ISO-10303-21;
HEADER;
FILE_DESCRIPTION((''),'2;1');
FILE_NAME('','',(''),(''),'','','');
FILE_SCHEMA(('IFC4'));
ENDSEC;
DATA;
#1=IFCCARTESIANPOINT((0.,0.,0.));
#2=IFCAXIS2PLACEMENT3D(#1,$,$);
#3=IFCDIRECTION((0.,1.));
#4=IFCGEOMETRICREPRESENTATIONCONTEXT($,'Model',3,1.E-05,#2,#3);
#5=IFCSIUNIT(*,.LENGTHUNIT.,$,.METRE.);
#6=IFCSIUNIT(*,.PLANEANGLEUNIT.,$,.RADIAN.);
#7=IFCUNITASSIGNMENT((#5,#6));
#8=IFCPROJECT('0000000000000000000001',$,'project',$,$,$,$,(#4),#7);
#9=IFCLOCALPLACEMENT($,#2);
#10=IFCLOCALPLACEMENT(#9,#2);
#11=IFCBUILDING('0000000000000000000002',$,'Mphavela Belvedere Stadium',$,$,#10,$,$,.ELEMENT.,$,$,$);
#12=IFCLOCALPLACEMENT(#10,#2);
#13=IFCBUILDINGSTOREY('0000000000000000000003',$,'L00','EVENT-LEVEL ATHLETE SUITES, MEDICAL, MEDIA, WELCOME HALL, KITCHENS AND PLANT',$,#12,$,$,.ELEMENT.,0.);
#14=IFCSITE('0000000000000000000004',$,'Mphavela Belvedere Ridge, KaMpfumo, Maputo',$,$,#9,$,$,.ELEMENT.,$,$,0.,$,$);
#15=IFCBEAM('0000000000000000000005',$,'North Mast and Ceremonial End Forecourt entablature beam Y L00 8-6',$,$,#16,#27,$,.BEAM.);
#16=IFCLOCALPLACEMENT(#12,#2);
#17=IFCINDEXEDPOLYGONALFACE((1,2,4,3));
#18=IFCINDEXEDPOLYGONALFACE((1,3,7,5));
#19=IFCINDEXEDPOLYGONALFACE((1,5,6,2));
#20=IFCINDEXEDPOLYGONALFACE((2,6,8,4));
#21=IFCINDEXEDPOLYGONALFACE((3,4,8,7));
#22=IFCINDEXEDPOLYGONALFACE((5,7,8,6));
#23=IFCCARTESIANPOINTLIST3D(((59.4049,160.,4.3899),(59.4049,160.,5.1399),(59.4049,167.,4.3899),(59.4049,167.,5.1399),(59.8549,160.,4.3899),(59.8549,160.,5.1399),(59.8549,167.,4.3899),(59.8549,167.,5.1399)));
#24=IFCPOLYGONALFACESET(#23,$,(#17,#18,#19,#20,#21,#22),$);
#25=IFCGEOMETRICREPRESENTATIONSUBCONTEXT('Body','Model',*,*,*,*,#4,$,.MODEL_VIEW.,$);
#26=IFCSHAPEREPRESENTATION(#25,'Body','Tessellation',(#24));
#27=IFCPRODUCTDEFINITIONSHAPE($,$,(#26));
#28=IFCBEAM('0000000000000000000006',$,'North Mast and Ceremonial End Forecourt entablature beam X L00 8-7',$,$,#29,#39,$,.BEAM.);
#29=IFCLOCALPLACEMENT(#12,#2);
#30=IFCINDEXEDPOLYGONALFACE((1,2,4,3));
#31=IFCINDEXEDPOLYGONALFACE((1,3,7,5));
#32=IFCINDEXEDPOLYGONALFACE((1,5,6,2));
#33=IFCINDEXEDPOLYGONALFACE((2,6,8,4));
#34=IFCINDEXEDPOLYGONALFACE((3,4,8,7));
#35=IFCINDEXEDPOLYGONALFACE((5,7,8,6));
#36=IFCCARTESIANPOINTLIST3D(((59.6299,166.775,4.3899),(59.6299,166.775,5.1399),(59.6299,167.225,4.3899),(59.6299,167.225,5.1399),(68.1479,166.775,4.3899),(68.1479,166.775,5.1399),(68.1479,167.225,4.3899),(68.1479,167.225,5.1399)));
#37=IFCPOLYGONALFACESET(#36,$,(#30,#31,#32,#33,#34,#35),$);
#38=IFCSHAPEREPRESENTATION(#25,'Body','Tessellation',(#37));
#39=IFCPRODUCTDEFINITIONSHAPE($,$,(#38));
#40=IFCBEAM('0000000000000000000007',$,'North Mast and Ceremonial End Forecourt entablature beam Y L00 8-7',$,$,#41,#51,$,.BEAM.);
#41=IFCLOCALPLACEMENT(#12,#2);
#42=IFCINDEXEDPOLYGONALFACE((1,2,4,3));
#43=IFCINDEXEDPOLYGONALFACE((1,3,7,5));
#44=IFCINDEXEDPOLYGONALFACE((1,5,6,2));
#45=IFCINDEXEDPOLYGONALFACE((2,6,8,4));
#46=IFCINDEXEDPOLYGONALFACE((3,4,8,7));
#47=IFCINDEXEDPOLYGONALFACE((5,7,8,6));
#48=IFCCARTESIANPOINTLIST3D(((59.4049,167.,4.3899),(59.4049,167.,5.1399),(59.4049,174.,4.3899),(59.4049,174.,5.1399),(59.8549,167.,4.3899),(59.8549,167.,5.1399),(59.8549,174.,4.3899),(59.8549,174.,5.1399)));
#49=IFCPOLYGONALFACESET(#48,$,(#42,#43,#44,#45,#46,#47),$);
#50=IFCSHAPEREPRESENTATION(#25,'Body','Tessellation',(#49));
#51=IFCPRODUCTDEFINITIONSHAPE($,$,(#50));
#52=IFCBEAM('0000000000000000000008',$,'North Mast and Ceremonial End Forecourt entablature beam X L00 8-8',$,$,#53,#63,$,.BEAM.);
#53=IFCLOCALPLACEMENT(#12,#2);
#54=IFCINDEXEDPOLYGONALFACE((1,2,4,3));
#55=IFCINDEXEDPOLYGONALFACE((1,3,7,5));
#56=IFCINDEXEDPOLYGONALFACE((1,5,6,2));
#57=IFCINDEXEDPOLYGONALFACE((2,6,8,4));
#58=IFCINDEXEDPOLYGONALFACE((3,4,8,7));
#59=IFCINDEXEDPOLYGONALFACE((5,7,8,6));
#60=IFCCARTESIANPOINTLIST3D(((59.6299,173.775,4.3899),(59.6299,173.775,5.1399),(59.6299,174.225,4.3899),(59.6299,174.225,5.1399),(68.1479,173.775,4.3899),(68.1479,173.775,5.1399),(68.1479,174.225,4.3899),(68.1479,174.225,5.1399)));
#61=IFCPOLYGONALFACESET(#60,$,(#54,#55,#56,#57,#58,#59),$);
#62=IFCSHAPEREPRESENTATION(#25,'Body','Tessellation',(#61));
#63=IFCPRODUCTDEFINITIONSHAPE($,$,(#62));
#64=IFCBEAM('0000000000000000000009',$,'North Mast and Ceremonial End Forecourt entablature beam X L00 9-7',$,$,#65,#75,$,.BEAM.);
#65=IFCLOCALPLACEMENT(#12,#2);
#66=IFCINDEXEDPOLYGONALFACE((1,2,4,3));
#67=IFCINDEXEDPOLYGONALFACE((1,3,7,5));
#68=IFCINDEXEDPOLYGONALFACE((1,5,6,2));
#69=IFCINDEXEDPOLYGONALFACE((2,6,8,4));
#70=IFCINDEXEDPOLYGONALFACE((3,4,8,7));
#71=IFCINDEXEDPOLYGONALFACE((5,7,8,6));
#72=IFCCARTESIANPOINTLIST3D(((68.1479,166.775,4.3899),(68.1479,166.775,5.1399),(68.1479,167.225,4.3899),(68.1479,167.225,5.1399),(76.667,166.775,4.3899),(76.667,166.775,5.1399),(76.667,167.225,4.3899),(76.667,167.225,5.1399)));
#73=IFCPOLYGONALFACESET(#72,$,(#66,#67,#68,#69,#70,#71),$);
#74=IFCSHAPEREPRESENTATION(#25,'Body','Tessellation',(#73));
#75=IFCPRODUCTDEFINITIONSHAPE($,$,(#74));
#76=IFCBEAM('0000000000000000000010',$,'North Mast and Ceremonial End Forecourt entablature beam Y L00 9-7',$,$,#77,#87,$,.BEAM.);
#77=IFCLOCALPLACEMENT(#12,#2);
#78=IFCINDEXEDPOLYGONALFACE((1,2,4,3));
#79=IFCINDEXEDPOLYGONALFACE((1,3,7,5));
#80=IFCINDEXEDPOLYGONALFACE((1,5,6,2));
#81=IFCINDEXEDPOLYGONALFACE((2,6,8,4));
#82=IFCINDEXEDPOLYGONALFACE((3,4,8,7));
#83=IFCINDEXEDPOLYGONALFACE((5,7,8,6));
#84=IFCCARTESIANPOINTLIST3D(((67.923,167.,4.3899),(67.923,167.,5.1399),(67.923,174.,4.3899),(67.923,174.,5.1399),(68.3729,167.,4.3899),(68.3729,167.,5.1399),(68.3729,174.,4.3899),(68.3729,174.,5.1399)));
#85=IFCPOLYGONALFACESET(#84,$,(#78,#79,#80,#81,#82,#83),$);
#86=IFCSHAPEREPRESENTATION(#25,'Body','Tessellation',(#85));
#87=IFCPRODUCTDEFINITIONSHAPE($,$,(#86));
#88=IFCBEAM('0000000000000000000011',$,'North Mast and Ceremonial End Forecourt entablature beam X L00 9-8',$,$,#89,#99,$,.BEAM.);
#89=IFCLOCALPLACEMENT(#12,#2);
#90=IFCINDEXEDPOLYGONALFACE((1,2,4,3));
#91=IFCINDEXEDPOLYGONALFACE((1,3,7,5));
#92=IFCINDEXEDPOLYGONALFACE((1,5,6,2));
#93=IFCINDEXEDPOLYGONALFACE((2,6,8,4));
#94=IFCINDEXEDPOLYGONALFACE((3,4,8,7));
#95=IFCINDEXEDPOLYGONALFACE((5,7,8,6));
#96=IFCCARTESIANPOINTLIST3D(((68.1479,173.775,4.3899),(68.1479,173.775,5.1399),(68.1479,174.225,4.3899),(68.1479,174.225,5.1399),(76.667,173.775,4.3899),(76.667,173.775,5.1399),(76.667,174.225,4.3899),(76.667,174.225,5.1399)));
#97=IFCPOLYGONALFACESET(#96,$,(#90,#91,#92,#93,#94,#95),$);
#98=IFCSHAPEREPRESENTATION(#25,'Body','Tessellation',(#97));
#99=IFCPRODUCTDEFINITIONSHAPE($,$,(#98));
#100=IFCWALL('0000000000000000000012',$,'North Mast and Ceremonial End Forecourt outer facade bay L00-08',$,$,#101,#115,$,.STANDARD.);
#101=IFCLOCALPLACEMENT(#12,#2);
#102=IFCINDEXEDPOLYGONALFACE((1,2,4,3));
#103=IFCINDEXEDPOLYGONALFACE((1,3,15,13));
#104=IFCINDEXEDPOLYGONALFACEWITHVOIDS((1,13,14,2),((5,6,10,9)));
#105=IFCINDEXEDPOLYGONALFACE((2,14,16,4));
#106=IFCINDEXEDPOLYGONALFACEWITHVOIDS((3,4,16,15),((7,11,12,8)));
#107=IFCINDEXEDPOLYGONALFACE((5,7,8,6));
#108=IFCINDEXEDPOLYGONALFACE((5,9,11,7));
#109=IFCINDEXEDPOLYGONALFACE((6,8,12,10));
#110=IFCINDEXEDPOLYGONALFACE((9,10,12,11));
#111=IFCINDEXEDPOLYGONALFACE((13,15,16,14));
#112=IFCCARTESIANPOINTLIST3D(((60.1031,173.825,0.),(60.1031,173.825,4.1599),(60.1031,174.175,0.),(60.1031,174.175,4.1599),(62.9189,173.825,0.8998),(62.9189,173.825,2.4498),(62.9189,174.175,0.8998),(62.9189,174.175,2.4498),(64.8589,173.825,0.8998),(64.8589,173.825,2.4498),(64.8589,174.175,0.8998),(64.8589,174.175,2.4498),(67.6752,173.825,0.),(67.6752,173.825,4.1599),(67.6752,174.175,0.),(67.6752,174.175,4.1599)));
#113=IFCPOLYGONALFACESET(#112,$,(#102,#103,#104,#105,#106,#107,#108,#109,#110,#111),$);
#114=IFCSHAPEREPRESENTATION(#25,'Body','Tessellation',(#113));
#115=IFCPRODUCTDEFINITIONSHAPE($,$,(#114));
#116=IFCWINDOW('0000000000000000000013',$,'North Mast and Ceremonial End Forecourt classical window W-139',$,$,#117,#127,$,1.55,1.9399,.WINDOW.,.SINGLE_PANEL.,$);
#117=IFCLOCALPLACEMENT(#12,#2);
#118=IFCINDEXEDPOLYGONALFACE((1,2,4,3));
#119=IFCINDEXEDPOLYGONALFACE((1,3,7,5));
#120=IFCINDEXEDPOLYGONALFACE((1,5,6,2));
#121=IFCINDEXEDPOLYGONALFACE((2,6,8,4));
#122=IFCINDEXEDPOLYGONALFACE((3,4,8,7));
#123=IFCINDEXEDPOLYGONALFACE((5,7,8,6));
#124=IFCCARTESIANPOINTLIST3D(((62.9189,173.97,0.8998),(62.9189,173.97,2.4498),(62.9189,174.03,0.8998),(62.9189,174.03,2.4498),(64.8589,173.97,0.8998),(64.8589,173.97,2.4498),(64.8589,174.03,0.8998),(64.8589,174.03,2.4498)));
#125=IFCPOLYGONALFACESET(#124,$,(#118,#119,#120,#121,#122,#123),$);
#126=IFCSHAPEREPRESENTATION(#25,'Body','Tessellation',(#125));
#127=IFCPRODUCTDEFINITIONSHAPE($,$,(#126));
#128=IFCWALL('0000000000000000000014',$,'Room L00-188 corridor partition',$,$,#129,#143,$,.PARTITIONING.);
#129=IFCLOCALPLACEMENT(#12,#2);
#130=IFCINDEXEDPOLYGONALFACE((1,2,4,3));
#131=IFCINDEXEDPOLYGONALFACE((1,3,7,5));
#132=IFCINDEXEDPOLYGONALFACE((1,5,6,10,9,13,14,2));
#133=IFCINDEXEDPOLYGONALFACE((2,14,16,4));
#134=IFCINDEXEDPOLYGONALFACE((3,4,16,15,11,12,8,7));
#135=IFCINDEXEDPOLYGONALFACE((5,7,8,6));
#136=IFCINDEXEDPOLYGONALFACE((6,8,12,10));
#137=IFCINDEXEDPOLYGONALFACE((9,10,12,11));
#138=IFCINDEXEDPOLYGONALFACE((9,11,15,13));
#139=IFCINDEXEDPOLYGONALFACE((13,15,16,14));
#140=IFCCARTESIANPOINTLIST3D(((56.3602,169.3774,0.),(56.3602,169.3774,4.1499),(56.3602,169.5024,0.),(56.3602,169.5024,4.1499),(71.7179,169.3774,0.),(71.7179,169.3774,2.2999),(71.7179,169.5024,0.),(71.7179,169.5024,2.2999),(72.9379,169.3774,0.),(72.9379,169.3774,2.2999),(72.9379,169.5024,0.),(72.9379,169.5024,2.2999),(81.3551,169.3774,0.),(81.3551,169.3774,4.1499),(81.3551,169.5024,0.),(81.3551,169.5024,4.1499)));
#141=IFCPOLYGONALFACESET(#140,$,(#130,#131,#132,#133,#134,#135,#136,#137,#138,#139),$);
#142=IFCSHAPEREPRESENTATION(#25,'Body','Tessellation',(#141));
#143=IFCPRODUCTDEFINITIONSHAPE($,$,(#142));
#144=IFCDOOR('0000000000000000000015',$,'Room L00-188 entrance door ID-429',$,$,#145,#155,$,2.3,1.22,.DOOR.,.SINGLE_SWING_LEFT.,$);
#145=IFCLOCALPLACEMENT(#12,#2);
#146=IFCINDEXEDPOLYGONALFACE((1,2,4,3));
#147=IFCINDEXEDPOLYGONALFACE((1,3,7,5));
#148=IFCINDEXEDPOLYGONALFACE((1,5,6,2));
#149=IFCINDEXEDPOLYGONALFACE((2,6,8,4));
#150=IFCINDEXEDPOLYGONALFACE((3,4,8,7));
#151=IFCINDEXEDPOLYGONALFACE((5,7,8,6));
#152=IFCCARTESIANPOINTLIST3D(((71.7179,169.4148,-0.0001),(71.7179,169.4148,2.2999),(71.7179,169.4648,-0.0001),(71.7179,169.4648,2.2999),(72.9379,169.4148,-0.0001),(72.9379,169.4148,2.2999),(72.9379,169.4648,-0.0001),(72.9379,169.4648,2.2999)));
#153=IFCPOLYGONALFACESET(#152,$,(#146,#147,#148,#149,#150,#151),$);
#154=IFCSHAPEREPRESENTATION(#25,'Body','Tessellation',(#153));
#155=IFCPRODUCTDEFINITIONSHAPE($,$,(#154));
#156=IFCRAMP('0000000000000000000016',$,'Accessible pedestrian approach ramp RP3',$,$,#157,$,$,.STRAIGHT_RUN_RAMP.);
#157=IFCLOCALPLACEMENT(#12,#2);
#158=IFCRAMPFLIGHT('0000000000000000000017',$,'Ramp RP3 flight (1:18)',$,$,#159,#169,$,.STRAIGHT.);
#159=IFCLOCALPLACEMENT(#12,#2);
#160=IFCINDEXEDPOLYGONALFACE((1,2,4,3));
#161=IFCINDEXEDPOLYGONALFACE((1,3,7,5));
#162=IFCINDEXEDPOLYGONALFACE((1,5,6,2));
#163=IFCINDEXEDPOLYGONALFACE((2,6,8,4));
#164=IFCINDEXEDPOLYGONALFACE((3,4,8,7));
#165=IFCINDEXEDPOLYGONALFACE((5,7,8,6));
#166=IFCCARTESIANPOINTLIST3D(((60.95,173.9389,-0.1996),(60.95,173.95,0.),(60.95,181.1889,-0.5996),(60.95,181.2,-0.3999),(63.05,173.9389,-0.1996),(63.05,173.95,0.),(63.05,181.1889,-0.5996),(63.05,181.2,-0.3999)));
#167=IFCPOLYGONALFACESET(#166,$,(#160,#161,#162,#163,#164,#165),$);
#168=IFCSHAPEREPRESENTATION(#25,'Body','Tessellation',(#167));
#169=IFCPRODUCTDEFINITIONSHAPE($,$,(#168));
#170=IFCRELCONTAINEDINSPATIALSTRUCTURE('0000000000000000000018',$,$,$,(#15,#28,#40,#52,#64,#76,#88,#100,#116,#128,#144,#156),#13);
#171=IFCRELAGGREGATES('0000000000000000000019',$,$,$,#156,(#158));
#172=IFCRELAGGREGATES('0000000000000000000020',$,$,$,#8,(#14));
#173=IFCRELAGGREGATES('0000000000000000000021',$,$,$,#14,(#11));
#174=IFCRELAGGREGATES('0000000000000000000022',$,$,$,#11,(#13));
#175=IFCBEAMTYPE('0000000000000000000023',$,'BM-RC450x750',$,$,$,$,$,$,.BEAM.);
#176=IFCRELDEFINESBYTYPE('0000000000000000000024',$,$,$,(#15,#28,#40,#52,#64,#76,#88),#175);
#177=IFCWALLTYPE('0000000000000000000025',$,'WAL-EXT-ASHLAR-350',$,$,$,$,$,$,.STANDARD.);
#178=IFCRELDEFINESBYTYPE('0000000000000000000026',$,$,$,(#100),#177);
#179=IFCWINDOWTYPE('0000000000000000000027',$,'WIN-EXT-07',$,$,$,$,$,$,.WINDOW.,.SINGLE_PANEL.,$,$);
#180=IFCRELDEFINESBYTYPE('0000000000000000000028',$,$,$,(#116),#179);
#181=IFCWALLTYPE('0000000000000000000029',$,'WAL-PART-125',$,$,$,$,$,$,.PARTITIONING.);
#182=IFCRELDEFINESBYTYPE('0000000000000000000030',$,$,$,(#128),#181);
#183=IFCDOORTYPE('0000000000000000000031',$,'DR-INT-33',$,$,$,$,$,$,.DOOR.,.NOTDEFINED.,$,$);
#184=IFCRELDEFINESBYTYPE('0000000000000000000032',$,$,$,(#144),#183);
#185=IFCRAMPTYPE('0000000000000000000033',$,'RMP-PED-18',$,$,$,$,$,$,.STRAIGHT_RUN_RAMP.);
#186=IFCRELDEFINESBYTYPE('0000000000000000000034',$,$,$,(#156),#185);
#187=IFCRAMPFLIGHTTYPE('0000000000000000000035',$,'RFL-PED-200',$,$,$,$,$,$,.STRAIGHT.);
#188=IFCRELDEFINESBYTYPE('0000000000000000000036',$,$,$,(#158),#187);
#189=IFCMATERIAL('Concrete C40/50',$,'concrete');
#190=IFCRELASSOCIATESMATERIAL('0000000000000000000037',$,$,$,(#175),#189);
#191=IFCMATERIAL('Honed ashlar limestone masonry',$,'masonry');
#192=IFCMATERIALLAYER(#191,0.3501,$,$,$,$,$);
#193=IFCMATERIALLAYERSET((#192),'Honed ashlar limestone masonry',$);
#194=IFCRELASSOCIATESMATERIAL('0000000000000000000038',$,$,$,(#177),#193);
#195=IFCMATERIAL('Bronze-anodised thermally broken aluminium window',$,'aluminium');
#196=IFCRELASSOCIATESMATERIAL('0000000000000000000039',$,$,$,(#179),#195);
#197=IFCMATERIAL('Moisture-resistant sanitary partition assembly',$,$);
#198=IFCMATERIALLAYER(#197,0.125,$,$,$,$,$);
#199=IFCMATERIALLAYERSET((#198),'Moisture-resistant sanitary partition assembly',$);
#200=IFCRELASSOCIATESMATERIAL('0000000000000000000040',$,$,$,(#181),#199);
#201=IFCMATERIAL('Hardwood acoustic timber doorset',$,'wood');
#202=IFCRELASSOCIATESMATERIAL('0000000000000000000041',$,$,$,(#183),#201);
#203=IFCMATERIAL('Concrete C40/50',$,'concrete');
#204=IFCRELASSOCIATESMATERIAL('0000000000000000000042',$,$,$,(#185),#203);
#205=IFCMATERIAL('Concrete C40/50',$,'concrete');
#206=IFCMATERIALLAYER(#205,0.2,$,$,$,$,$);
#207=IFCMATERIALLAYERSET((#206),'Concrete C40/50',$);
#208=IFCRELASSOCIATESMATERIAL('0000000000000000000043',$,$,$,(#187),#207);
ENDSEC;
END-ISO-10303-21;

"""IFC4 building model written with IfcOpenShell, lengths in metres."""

from ifc_helpers import new_model, si_unit, direction, frame, frame_2d, origin, origin_2d, place, context, subcontext, project, spatial, polyline, rectangle, outline, extrude, material, layer, layer_set, material_profile, profile_set, type_object, element, fill, aggregate, save


model = new_model("IFC4")

# Units and contexts
model_context = context("Model", 3, precision=1e-05, world=origin(), true_north=direction((0.0, 1.0)))
body_context = subcontext(model_context, "Body", "Model", "MODEL_VIEW")
ifc_project = project(units=[si_unit("LENGTHUNIT", "METRE"), si_unit("PLANEANGLEUNIT", "RADIAN")], contexts=[model_context])

# Site, building, storey
site_placement = place(None, origin())
site = spatial("IfcSite", under=ifc_project, at=site_placement, Name="Mphavela Belvedere Ridge, KaMpfumo, Maputo", CompositionType="ELEMENT", RefElevation=0.0)
building_placement = place(site_placement, origin())
building = spatial("IfcBuilding", under=site, at=building_placement, Name="Mphavela Belvedere Stadium", CompositionType="ELEMENT")
storey_placement = place(building_placement, origin())
storey = spatial("IfcBuildingStorey", under=building, at=storey_placement, Name="L00", Description="EVENT-LEVEL ATHLETE SUITES, MEDICAL, MEDIA, WELCOME HALL, KITCHENS AND PLANT", CompositionType="ELEMENT", Elevation=0.0)

# Beams
ifc_material_1 = material(Name="Concrete C40/50", Category="concrete")
ifc_material_profile_1 = material_profile(ifc_material_1, rectangle(XDim=0.45, YDim=0.75, at=origin_2d()), Name="RC 450x750")
ifc_profile_set_1 = profile_set([ifc_material_profile_1], Name="Concrete C40/50")
beam_type_1 = type_object("IfcBeamType", Name="BM-RC450x750", PredefinedType="BEAM", material=ifc_profile_set_1)
beam_1_placement = place(storey_placement, frame((59.6299, 160.0, 4.7649), z_axis=(0.0, 1.0, 0.0), x_axis=(-1.0, 0.0, 0.0)))
element("IfcBeam", 1, at=beam_1_placement, inside=storey, type_object=beam_type_1, Name="North Mast and Ceremonial End Forecourt entablature beam Y L00 8-6", PredefinedType="BEAM", context=body_context, shape_type="SweptSolid", body=[
    extrude(rectangle(XDim=0.45, YDim=0.75, at=origin_2d()), origin(), (0.0, 0.0, 1.0), 7.0),
])
beam_2_placement = place(storey_placement, frame((59.6299, 167.0, 4.7649), z_axis=(1.0, 0.0, 0.0), x_axis=(0.0, 1.0, 0.0)))
element("IfcBeam", 2, at=beam_2_placement, inside=storey, type_object=beam_type_1, Name="North Mast and Ceremonial End Forecourt entablature beam X L00 8-7", PredefinedType="BEAM", context=body_context, shape_type="SweptSolid", body=[
    extrude(rectangle(XDim=0.45, YDim=0.75, at=origin_2d()), origin(), (0.0, 0.0, 1.0), 8.5181),
])
beam_3_placement = place(storey_placement, frame((59.6299, 167.0, 4.7649), z_axis=(0.0, 1.0, 0.0), x_axis=(-1.0, 0.0, 0.0)))
element("IfcBeam", 3, at=beam_3_placement, inside=storey, type_object=beam_type_1, Name="North Mast and Ceremonial End Forecourt entablature beam Y L00 8-7", PredefinedType="BEAM", context=body_context, shape_type="SweptSolid", body=[
    extrude(rectangle(XDim=0.45, YDim=0.75, at=origin_2d()), origin(), (0.0, 0.0, 1.0), 7.0),
])
beam_4_placement = place(storey_placement, frame((59.6299, 174.0, 4.7649), z_axis=(1.0, 0.0, 0.0), x_axis=(0.0, 1.0, 0.0)))
element("IfcBeam", 4, at=beam_4_placement, inside=storey, type_object=beam_type_1, Name="North Mast and Ceremonial End Forecourt entablature beam X L00 8-8", PredefinedType="BEAM", context=body_context, shape_type="SweptSolid", body=[
    extrude(rectangle(XDim=0.45, YDim=0.75, at=origin_2d()), origin(), (0.0, 0.0, 1.0), 8.5181),
])
beam_5_placement = place(storey_placement, frame((68.1479, 167.0, 4.7649), z_axis=(1.0, 0.0, 0.0), x_axis=(0.0, 1.0, 0.0)))
element("IfcBeam", 5, at=beam_5_placement, inside=storey, type_object=beam_type_1, Name="North Mast and Ceremonial End Forecourt entablature beam X L00 9-7", PredefinedType="BEAM", context=body_context, shape_type="SweptSolid", body=[
    extrude(rectangle(XDim=0.45, YDim=0.75, at=origin_2d()), origin(), (0.0, 0.0, 1.0), 8.519),
])
beam_6_placement = place(storey_placement, frame((68.1479, 167.0, 4.7649), z_axis=(0.0, 1.0, 0.0), x_axis=(-1.0, 0.0, 0.0)))
element("IfcBeam", 6, at=beam_6_placement, inside=storey, type_object=beam_type_1, Name="North Mast and Ceremonial End Forecourt entablature beam Y L00 9-7", PredefinedType="BEAM", context=body_context, shape_type="SweptSolid", body=[
    extrude(rectangle(XDim=0.45, YDim=0.75, at=origin_2d()), origin(), (0.0, 0.0, 1.0), 7.0),
])
beam_7_placement = place(storey_placement, frame((68.1479, 174.0, 4.7649), z_axis=(1.0, 0.0, 0.0), x_axis=(0.0, 1.0, 0.0)))
element("IfcBeam", 7, at=beam_7_placement, inside=storey, type_object=beam_type_1, Name="North Mast and Ceremonial End Forecourt entablature beam X L00 9-8", PredefinedType="BEAM", context=body_context, shape_type="SweptSolid", body=[
    extrude(rectangle(XDim=0.45, YDim=0.75, at=origin_2d()), origin(), (0.0, 0.0, 1.0), 8.519),
])

# Wall, opening, window
ifc_material_2 = material(Name="Honed ashlar limestone masonry", Category="masonry")
ifc_layer_1 = layer(ifc_material_2, 0.3501)
ifc_layer_set_1 = layer_set([ifc_layer_1], Name="Honed ashlar limestone masonry")
wall_type_1 = type_object("IfcWallType", Name="WAL-EXT-ASHLAR-350", PredefinedType="STANDARD", material=ifc_layer_set_1)
wall_1_placement = place(storey_placement, frame((60.103, 174.0, 0.0), z_axis=(0.0, 0.0, 1.0), x_axis=(1.0, 0.0, 0.0)))
wall_1 = element("IfcWall", 8, at=wall_1_placement, inside=storey, type_object=wall_type_1, Name="North Mast and Ceremonial End Forecourt outer facade bay L00-08", PredefinedType="STANDARD", context=body_context, shape_type="SweptSolid", body=[
    extrude(rectangle(XDim=7.572, YDim=0.3501, at=frame_2d((3.7861, 0.0))), origin(), (0.0, 0.0, 1.0), 4.1599),
])
opening_1_placement = place(wall_1_placement, frame((2.8159, 0.0, 0.8999)))
opening_1 = element("IfcOpeningElement", 9, at=opening_1_placement, cuts=wall_1, PredefinedType="OPENING", context=body_context, shape_type="SweptSolid", body=[
    extrude(rectangle(XDim=1.9399, YDim=1.55, at=frame_2d((0.97, 0.7749))), frame((0.0, 0.1851, 0.0), z_axis=(0.0, -1.0, 0.0), x_axis=(1.0, 0.0, 0.0)), (0.0, 0.0, 1.0), 0.3701),
])
ifc_material_3 = material(Name="Bronze-anodised thermally broken aluminium window", Category="aluminium")
window_type = type_object("IfcWindowType", Name="WIN-EXT-07", PartitioningType="SINGLE_PANEL", PredefinedType="WINDOW", material=ifc_material_3)
window_placement = place(opening_1_placement, origin())
window = element("IfcWindow", 10, at=window_placement, inside=storey, type_object=window_type, Name="North Mast and Ceremonial End Forecourt classical window W-139", OverallHeight=1.55, OverallWidth=1.9399, PartitioningType="SINGLE_PANEL", PredefinedType="WINDOW", context=body_context, shape_type="SweptSolid", body=[
    extrude(rectangle(XDim=1.9399, YDim=1.55, at=frame_2d((0.97, 0.7749))), frame((0.0, 0.03, 0.0), z_axis=(0.0, -1.0, 0.0), x_axis=(1.0, 0.0, 0.0)), (0.0, 0.0, 1.0), 0.0601),
])
fill(opening_1, window)

# Wall, opening, door
ifc_material_4 = material(Name="Moisture-resistant sanitary partition assembly")
ifc_layer_2 = layer(ifc_material_4, 0.125)
ifc_layer_set_2 = layer_set([ifc_layer_2], Name="Moisture-resistant sanitary partition assembly")
wall_type_2 = type_object("IfcWallType", Name="WAL-PART-125", PredefinedType="PARTITIONING", material=ifc_layer_set_2)
wall_2_placement = place(storey_placement, frame((56.3601, 169.4399, 0.0), z_axis=(0.0, 0.0, 1.0), x_axis=(1.0, 0.0, 0.0)))
wall_2 = element("IfcWall", 11, at=wall_2_placement, inside=storey, type_object=wall_type_2, Name="Room L00-188 corridor partition", PredefinedType="PARTITIONING", context=body_context, shape_type="SweptSolid", body=[
    extrude(rectangle(XDim=24.9949, YDim=0.125, at=frame_2d((12.4976, 0.0))), origin(), (0.0, 0.0, 1.0), 4.1499),
])
opening_2_placement = place(wall_2_placement, frame((15.3579, 0.0, 0.0)))
opening_2 = element("IfcOpeningElement", 12, at=opening_2_placement, cuts=wall_2, PredefinedType="OPENING", context=body_context, shape_type="SweptSolid", body=[
    extrude(rectangle(XDim=1.22, YDim=2.3, at=frame_2d((0.6099, 1.1499))), frame((0.0, 0.0725, 0.0), z_axis=(0.0, -1.0, 0.0), x_axis=(1.0, 0.0, 0.0)), (0.0, 0.0, 1.0), 0.145),
])
ifc_material_5 = material(Name="Hardwood acoustic timber doorset", Category="wood")
door_type_1 = type_object("IfcDoorType", Name="DR-INT-33", OperationType="NOTDEFINED", PredefinedType="DOOR", material=ifc_material_5)
door_1_placement = place(opening_2_placement, origin())
door_1 = element("IfcDoor", 13, at=door_1_placement, inside=storey, type_object=door_type_1, Name="Room L00-188 entrance door ID-429", OperationType="SINGLE_SWING_LEFT", OverallHeight=2.3, OverallWidth=1.22, PredefinedType="DOOR", context=body_context, shape_type="SweptSolid", body=[
    extrude(rectangle(XDim=1.22, YDim=2.3, at=frame_2d((0.6099, 1.1499))), frame((0.0, 0.0249, 0.0), z_axis=(0.0, -1.0, 0.0), x_axis=(1.0, 0.0, 0.0)), (0.0, 0.0, 1.0), 0.05),
])
fill(opening_2, door_1)

# Ramp, ramp flight
ifc_material_6 = material(Name="Concrete C40/50", Category="concrete")
ramp_type = type_object("IfcRampType", Name="RMP-PED-18", PredefinedType="STRAIGHT_RUN_RAMP", material=ifc_material_6)
ramp_placement = place(storey_placement, origin())
ramp = element("IfcRamp", 14, at=ramp_placement, inside=storey, type_object=ramp_type, Name="Accessible pedestrian approach ramp RP3", PredefinedType="STRAIGHT_RUN_RAMP")
ifc_material_7 = material(Name="Concrete C40/50", Category="concrete")
ifc_layer_3 = layer(ifc_material_7, 0.2)
ifc_layer_set_3 = layer_set([ifc_layer_3], Name="Concrete C40/50")
ramp_flight_type = type_object("IfcRampFlightType", Name="RFL-PED-200", PredefinedType="STRAIGHT", material=ifc_layer_set_3)
ramp_flight_placement = place(storey_placement, frame((60.95, 181.2, -0.3999), z_axis=(0.0, 0.055075, 0.998482), x_axis=(0.0, -0.998482, 0.055075)))
ramp_flight = element("IfcRampFlight", 15, at=ramp_flight_placement, type_object=ramp_flight_type, Name="Ramp RP3 flight (1:18)", PredefinedType="STRAIGHT", context=body_context, shape_type="SweptSolid", body=[
    extrude(outline(polyline([(0.0, 0.0), (7.261, 0.0), (7.261, 2.1001), (0.0, 2.1001), (0.0, 0.0)])), origin(), (0.0, 0.0, -1.0), 0.2),
])
aggregate(ramp, [ramp_flight])

save(model, "model.ifc")
